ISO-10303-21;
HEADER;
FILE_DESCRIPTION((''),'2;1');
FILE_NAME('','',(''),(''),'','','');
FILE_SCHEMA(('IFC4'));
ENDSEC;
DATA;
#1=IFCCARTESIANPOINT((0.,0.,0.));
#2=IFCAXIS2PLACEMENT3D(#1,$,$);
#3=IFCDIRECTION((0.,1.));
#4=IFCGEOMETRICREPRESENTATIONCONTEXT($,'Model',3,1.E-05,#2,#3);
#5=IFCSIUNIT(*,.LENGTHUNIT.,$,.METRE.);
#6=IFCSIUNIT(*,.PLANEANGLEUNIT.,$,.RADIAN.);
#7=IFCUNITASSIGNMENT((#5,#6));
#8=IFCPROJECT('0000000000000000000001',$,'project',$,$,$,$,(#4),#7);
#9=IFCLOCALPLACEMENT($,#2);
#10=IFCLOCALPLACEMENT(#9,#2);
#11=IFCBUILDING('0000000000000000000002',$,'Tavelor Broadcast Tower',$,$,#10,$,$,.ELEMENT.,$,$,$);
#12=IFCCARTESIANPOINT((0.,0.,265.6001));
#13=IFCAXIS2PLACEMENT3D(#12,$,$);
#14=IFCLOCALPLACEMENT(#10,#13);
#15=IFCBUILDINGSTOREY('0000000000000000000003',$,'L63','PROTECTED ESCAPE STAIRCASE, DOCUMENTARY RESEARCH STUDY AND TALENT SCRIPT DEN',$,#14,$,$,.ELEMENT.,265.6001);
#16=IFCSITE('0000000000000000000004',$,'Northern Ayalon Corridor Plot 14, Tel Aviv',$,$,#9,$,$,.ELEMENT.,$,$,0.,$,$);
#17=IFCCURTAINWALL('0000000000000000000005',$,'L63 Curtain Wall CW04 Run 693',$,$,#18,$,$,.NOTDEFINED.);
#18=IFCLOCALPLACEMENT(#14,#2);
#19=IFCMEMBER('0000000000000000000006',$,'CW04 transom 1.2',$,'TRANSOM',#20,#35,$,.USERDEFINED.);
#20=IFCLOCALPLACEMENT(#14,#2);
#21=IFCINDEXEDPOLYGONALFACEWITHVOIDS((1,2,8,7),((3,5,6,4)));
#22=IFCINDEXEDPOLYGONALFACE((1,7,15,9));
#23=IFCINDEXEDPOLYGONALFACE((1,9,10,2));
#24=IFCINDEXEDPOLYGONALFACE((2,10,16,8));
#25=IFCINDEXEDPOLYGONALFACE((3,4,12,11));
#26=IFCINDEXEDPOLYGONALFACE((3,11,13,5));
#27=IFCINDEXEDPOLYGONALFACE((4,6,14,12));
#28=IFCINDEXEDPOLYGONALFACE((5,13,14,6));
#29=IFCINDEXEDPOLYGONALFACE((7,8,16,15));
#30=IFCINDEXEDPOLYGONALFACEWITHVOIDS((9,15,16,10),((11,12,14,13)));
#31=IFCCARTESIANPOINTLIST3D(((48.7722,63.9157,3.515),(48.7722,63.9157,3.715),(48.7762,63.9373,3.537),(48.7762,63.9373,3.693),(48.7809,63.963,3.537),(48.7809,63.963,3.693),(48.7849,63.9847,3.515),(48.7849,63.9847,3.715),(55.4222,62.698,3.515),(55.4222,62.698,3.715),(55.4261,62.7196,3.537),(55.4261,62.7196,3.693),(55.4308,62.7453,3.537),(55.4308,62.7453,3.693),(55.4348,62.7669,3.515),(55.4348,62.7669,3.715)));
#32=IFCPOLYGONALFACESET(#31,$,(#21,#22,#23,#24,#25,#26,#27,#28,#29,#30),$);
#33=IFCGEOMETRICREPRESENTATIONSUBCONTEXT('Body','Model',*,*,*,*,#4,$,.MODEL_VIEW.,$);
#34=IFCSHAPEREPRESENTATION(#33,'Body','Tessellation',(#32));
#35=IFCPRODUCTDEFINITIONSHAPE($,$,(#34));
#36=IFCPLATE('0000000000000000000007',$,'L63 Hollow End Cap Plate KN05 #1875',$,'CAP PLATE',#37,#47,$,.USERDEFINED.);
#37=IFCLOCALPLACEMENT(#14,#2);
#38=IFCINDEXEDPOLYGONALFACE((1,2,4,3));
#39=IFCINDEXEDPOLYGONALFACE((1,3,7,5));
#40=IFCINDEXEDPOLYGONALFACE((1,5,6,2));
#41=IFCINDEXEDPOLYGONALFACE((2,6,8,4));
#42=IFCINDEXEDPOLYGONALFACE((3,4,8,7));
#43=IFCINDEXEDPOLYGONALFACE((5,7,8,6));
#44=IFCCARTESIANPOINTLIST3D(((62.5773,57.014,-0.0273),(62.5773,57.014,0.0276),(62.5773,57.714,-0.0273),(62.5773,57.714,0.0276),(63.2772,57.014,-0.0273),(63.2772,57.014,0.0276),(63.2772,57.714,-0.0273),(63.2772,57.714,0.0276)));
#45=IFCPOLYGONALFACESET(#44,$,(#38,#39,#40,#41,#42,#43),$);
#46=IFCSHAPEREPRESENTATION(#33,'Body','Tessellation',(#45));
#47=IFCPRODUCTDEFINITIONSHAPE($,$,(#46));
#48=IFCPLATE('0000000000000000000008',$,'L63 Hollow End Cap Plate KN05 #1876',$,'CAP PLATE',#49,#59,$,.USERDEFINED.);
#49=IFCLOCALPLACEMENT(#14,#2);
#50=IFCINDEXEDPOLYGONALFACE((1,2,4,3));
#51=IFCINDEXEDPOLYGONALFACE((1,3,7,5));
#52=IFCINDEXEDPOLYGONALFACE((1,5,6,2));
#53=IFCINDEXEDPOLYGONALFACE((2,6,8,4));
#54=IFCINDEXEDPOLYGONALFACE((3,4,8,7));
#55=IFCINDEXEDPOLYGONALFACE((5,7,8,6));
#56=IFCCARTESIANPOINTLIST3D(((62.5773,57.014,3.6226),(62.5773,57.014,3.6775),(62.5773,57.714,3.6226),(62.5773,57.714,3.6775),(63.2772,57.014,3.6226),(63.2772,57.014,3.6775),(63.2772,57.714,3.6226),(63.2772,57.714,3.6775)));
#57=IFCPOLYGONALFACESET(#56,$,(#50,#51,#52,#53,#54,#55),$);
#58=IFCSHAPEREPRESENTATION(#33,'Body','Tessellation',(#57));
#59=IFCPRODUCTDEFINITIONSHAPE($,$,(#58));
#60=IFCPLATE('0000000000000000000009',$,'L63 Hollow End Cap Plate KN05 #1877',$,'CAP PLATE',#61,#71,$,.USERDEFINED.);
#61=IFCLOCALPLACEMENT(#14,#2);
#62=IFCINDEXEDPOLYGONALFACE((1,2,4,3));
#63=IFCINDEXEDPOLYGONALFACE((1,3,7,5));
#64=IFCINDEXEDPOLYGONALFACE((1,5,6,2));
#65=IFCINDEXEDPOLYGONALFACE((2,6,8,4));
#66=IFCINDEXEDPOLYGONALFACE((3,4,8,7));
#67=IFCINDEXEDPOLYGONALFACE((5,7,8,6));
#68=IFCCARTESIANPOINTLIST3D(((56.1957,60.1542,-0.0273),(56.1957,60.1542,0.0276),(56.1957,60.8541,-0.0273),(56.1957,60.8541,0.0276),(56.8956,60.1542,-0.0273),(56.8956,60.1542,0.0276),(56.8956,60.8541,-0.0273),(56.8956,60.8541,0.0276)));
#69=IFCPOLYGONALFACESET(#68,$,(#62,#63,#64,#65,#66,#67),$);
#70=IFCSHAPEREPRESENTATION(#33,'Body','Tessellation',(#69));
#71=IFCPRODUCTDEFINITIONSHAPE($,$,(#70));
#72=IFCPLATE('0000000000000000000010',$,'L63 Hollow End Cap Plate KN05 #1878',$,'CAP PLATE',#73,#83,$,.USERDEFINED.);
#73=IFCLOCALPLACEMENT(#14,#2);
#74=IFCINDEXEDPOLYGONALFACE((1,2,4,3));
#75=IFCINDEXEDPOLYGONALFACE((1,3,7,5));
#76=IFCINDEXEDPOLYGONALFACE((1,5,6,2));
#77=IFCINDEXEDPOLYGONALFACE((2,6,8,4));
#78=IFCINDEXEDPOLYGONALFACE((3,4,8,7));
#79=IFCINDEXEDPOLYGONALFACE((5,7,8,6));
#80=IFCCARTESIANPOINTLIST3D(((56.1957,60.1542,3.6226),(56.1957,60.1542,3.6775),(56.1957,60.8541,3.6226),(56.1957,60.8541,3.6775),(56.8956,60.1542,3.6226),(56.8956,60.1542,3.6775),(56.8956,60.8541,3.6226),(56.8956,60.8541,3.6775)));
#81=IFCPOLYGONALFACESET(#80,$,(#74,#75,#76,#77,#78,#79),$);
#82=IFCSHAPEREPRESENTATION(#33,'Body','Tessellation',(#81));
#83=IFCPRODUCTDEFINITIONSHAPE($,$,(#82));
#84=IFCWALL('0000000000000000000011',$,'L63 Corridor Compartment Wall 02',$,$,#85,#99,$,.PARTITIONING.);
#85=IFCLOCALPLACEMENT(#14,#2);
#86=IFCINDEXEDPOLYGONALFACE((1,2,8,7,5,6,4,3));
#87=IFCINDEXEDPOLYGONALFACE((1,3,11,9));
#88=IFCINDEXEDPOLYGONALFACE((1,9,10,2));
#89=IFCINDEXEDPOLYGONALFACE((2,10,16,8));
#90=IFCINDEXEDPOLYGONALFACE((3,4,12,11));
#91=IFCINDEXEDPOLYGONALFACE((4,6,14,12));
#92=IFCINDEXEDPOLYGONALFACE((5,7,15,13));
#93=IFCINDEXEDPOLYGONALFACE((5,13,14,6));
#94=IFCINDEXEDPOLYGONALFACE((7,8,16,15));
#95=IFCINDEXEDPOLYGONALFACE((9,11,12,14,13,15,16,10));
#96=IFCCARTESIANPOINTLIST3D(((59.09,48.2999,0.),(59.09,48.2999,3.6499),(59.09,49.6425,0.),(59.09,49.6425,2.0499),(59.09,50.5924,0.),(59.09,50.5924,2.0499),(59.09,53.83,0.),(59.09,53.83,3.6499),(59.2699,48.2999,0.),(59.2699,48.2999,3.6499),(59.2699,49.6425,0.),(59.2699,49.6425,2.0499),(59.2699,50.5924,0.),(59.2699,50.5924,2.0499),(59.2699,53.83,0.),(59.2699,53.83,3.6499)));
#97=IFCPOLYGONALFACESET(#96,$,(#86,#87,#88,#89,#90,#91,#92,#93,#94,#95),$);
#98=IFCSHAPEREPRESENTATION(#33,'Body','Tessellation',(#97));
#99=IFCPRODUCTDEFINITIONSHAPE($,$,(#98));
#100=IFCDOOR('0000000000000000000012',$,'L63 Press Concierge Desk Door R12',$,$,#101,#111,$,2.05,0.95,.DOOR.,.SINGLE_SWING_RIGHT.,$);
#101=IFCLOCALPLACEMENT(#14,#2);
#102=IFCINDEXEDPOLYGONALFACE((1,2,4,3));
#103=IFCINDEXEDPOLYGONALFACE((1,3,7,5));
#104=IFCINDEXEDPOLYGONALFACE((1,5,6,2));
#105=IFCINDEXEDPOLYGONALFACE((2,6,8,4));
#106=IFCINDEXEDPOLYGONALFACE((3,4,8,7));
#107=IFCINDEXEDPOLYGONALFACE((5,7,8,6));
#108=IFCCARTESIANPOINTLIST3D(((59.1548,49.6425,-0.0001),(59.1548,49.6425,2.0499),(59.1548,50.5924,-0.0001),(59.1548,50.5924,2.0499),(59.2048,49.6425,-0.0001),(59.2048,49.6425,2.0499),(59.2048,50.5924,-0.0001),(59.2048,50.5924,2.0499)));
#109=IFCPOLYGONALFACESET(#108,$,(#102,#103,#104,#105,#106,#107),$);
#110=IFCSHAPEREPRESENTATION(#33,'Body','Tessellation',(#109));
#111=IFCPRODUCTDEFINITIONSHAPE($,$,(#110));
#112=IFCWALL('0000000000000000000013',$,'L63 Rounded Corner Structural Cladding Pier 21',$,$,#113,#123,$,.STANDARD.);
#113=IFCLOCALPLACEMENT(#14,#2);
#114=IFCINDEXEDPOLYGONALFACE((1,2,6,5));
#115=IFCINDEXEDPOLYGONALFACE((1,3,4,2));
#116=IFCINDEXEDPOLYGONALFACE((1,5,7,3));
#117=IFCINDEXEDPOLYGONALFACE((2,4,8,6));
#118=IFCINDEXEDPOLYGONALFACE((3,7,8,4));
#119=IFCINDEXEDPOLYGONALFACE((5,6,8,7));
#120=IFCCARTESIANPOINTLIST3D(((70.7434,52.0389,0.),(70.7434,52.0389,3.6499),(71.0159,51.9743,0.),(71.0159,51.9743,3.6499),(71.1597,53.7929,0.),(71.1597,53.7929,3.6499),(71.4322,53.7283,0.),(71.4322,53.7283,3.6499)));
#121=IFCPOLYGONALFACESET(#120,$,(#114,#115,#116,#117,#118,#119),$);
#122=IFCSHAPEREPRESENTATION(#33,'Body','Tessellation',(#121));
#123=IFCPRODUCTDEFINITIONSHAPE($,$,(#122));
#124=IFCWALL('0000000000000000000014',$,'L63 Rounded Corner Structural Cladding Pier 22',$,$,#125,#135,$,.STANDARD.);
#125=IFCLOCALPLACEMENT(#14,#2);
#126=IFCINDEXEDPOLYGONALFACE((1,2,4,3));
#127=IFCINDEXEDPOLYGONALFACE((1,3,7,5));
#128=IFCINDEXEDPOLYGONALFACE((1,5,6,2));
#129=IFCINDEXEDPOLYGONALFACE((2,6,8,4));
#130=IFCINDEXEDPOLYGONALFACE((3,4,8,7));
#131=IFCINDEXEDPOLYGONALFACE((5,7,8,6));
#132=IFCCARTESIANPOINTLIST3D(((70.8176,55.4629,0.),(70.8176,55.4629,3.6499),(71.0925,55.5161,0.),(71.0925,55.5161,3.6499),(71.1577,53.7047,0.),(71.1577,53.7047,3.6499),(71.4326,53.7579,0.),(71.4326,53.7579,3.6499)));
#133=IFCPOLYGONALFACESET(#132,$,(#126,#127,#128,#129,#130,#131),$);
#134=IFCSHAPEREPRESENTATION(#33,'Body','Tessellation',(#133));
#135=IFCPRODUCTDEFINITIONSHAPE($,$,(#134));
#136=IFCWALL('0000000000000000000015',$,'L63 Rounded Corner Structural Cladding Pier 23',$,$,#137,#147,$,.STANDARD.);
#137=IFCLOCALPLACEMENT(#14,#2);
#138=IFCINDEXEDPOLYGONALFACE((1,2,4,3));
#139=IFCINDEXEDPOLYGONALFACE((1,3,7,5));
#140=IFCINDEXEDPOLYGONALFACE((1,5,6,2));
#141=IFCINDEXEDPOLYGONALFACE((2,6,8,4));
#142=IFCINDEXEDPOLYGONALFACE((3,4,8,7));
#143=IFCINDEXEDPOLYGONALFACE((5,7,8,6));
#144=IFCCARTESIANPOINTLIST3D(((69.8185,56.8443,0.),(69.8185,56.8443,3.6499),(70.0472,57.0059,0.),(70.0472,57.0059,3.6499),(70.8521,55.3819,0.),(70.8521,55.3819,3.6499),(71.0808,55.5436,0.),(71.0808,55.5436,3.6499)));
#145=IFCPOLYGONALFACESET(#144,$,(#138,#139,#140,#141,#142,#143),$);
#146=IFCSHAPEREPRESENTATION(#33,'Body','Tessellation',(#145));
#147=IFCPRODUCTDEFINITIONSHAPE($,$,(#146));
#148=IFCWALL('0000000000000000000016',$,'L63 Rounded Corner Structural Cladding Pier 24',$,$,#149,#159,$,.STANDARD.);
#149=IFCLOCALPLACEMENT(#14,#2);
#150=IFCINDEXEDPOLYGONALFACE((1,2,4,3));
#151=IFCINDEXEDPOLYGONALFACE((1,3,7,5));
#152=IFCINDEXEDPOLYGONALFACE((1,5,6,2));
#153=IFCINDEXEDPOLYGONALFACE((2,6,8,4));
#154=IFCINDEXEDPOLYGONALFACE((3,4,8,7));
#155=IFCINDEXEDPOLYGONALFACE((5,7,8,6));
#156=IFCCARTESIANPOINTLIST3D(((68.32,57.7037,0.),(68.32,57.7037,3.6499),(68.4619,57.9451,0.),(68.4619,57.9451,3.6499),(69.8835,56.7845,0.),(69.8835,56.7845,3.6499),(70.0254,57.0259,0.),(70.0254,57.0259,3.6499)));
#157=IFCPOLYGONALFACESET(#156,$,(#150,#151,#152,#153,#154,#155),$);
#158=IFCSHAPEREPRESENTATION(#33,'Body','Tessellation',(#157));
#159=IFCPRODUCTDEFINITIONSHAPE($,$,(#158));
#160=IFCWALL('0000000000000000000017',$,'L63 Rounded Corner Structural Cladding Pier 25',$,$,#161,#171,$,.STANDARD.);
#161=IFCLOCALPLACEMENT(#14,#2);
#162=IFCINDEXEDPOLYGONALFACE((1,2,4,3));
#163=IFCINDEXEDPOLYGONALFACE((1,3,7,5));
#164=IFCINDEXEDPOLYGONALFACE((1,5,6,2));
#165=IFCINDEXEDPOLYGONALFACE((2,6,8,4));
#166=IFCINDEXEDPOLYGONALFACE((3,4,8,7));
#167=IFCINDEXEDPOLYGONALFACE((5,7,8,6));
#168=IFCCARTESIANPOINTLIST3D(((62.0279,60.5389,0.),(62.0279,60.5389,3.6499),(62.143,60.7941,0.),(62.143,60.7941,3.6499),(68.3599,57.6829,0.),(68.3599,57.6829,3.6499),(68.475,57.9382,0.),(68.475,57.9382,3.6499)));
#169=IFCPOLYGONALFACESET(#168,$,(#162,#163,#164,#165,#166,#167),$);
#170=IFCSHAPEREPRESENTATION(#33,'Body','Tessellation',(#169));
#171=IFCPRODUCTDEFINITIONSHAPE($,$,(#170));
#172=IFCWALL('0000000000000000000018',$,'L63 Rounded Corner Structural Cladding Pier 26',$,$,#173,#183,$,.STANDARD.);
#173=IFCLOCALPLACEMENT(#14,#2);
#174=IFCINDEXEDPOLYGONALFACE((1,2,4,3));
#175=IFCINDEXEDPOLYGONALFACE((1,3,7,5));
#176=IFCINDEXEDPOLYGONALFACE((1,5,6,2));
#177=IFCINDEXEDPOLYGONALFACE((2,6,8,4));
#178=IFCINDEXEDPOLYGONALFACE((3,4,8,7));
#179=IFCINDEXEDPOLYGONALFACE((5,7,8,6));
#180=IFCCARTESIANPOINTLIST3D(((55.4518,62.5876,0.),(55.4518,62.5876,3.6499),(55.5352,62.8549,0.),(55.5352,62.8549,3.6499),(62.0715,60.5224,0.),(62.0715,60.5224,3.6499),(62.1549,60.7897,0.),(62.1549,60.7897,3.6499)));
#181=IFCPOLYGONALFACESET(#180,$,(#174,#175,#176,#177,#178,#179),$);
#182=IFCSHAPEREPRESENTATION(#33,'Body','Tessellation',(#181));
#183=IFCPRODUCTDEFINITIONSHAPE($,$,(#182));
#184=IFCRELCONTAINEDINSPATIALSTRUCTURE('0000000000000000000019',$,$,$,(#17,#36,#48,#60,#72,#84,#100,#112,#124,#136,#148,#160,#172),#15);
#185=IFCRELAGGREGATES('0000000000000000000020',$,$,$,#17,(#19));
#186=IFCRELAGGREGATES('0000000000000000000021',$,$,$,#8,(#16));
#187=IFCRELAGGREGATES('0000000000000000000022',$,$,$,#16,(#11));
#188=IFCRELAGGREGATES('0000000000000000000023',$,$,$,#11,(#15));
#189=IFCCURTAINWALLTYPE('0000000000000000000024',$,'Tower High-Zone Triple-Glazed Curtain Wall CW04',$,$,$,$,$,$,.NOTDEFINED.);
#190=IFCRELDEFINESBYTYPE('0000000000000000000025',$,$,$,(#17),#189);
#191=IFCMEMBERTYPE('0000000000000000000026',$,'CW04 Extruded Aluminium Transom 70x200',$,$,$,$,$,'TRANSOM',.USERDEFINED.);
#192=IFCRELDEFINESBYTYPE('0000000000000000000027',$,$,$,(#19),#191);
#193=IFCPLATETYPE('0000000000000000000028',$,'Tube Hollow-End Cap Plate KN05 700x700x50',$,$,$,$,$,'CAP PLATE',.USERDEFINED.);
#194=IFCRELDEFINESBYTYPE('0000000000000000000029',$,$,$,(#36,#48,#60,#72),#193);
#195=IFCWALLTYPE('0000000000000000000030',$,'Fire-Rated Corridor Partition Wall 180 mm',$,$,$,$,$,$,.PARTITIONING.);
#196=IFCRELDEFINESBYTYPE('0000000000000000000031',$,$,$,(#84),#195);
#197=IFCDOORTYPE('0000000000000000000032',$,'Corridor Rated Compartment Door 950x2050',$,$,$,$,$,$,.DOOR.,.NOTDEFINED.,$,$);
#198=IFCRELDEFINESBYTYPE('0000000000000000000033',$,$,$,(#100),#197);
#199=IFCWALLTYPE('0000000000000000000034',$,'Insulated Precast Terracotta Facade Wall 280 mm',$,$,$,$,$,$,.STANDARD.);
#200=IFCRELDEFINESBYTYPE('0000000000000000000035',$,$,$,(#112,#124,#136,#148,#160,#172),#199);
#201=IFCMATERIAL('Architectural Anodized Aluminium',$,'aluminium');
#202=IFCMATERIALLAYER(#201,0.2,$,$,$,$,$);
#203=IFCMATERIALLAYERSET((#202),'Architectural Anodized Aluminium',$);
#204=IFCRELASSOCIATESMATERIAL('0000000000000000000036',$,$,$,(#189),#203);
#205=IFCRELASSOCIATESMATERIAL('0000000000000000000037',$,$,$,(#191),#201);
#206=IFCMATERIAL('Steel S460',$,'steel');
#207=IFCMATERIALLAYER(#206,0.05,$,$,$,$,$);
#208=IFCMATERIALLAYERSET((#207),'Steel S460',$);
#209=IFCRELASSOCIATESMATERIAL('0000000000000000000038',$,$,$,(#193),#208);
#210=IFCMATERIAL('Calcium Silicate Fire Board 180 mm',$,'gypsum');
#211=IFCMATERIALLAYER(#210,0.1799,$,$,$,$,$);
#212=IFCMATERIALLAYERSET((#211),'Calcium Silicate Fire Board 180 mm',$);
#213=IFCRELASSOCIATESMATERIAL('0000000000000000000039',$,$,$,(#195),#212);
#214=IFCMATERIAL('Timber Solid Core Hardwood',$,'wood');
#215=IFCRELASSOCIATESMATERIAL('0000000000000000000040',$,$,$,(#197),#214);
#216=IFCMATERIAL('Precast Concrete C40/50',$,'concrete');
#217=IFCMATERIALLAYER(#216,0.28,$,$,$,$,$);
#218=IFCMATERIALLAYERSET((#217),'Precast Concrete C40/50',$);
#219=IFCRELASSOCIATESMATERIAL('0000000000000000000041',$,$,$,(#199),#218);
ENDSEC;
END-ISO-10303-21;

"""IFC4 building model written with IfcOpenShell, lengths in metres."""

from ifc_helpers import new_model, si_unit, direction, frame, frame_2d, origin, origin_2d, place, context, subcontext, project, spatial, rectangle, hollow_rectangle, extrude, source, transform, mapped, material, layer, layer_set, material_profile, profile_set, type_object, type_shapes, element, fill, aggregate, save


model = new_model("IFC4")

# Units and contexts
model_context = context("Model", 3, precision=1e-05, world=origin(), true_north=direction((0.0, 1.0)))
body_context = subcontext(model_context, "Body", "Model", "MODEL_VIEW")
ifc_project = project(units=[si_unit("LENGTHUNIT", "METRE"), si_unit("PLANEANGLEUNIT", "RADIAN")], contexts=[model_context])

# Site, building, storey
site_placement = place(None, origin())
site = spatial("IfcSite", under=ifc_project, at=site_placement, Name="Northern Ayalon Corridor Plot 14, Tel Aviv", CompositionType="ELEMENT", RefElevation=0.0)
building_placement = place(site_placement, origin())
building = spatial("IfcBuilding", under=site, at=building_placement, Name="Tavelor Broadcast Tower", CompositionType="ELEMENT")
storey_placement = place(building_placement, frame((0.0, 0.0, 265.6001)))
storey = spatial("IfcBuildingStorey", under=building, at=storey_placement, Name="L63", Description="PROTECTED ESCAPE STAIRCASE, DOCUMENTARY RESEARCH STUDY AND TALENT SCRIPT DEN", CompositionType="ELEMENT", Elevation=265.6001)

# Shared definitions
ifc_material_1 = material(Name="Steel S460", Category="steel")

# Curtain wall, member
ifc_material_2 = material(Name="Architectural Anodized Aluminium", Category="aluminium")
ifc_layer_1 = layer(ifc_material_2, 0.2)
ifc_layer_set_1 = layer_set([ifc_layer_1], Name="Architectural Anodized Aluminium")
curtain_wall_type = type_object("IfcCurtainWallType", Name="Tower High-Zone Triple-Glazed Curtain Wall CW04", PredefinedType="NOTDEFINED", material=ifc_layer_set_1)
curtain_wall_placement = place(storey_placement, origin())
curtain_wall = element("IfcCurtainWall", 1, at=curtain_wall_placement, inside=storey, type_object=curtain_wall_type, Name="L63 Curtain Wall CW04 Run 693", PredefinedType="NOTDEFINED")
ifc_material_profile_1 = material_profile(ifc_material_2, hollow_rectangle(XDim=0.0701, YDim=0.2, WallThickness=0.022, at=origin_2d()), Name="RHS 70x200x22")
ifc_profile_set_1 = profile_set([ifc_material_profile_1], Name="Architectural Anodized Aluminium")
member_type_1 = type_object("IfcMemberType", Name="CW04 Extruded Aluminium Transom 70x200", ElementType="TRANSOM", PredefinedType="USERDEFINED", material=ifc_profile_set_1)
shared_shape_1 = source(origin(), body_context, "Body", "SweptSolid", [
    extrude(hollow_rectangle(XDim=0.0701, YDim=0.2, WallThickness=0.022, at=origin_2d()), origin(), (0.0, 0.0, 1.0), 6.7605),
])
type_shapes(member_type_1, [shared_shape_1])
member_1_placement = place(storey_placement, frame((55.4285, 62.7324, 3.615), z_axis=(-0.983643, 0.180131, 0.0), x_axis=(-0.180131, -0.983643, 0.0)))
member_1 = element("IfcMember", 2, at=member_1_placement, type_object=member_type_1, Name="CW04 transom 1.2", ObjectType="TRANSOM", PredefinedType="USERDEFINED", context=body_context, shape_type="MappedRepresentation", body=[
    mapped(shared_shape_1, transform((0.0, 0.0, 0.0), scale=1.0)),
])
aggregate(curtain_wall, [member_1])

# Plates
ifc_layer_2 = layer(ifc_material_1, 0.05)
ifc_layer_set_2 = layer_set([ifc_layer_2], Name="Steel S460")
plate_type = type_object("IfcPlateType", Name="Tube Hollow-End Cap Plate KN05 700x700x50", ElementType="CAP PLATE", PredefinedType="USERDEFINED", material=ifc_layer_set_2)
shared_shape_2 = source(origin(), body_context, "Body", "SweptSolid", [
    extrude(rectangle(XDim=0.7, YDim=0.7, at=origin_2d()), origin(), (0.0, 0.0, 1.0), 0.0549),
])
type_shapes(plate_type, [shared_shape_2])
for number, where, z_axis, x_axis, name in (
    (3, (62.9272, 57.364, -0.0273), (0.0, 0.0, 1.0), (1.0, 0.0, 0.0), "L63 Hollow End Cap Plate KN05 #1875"),
    (4, (62.9272, 57.364, 3.6226), (0.0, 0.0, 1.0), (1.0, 0.0, 0.0), "L63 Hollow End Cap Plate KN05 #1876"),
    (5, (56.5457, 60.5042, -0.0273), (0.0, 0.0, 1.0), (1.0, 0.0, 0.0), "L63 Hollow End Cap Plate KN05 #1877"),
    (6, (56.5457, 60.5042, 3.6226), (0.0, 0.0, 1.0), (1.0, 0.0, 0.0), "L63 Hollow End Cap Plate KN05 #1878"),
):
    element("IfcPlate", number, at=place(storey_placement, frame(where, z_axis=z_axis, x_axis=x_axis)), inside=storey, type_object=plate_type, Name=name, ObjectType="CAP PLATE", PredefinedType="USERDEFINED", context=body_context, shape_type="MappedRepresentation", body=[
        mapped(shared_shape_2, transform((0.0, 0.0, 0.0), scale=1.0)),
    ])

# Wall, opening, door
ifc_material_3 = material(Name="Calcium Silicate Fire Board 180 mm", Category="gypsum")
ifc_layer_3 = layer(ifc_material_3, 0.1799)
ifc_layer_set_3 = layer_set([ifc_layer_3], Name="Calcium Silicate Fire Board 180 mm")
wall_type_1 = type_object("IfcWallType", Name="Fire-Rated Corridor Partition Wall 180 mm", PredefinedType="PARTITIONING", material=ifc_layer_set_3)
wall_1_placement = place(storey_placement, frame((59.1799, 53.8301, 0.0), z_axis=(0.0, 0.0, 1.0), x_axis=(0.0, -1.0, 0.0)))
wall_1 = element("IfcWall", 7, at=wall_1_placement, inside=storey, type_object=wall_type_1, Name="L63 Corridor Compartment Wall 02", PredefinedType="PARTITIONING", context=body_context, shape_type="SweptSolid", body=[
    extrude(rectangle(XDim=5.53, YDim=0.1799, at=frame_2d((2.7651, 0.0))), origin(), (0.0, 0.0, 1.0), 3.6499),
])
opening_placement = place(wall_1_placement, frame((3.2375, 0.0, 0.0)))
opening = element("IfcOpeningElement", 8, at=opening_placement, cuts=wall_1, PredefinedType="OPENING", context=body_context, shape_type="SweptSolid", body=[
    extrude(rectangle(XDim=0.95, YDim=2.05, at=frame_2d((0.4751, 1.0249))), frame((0.0, 0.1001, 0.0), z_axis=(0.0, -1.0, 0.0), x_axis=(1.0, 0.0, 0.0)), (0.0, 0.0, 1.0), 0.2),
])
ifc_material_4 = material(Name="Timber Solid Core Hardwood", Category="wood")
door_type = type_object("IfcDoorType", Name="Corridor Rated Compartment Door 950x2050", OperationType="NOTDEFINED", PredefinedType="DOOR", material=ifc_material_4)
door_placement = place(opening_placement, origin())
door = element("IfcDoor", 9, at=door_placement, inside=storey, type_object=door_type, Name="L63 Press Concierge Desk Door R12", OperationType="SINGLE_SWING_RIGHT", OverallHeight=2.05, OverallWidth=0.95, PredefinedType="DOOR", context=body_context, shape_type="SweptSolid", body=[
    extrude(rectangle(XDim=0.95, YDim=2.05, at=frame_2d((0.4751, 1.0249))), frame((0.0, 0.0249, 0.0), z_axis=(0.0, -1.0, 0.0), x_axis=(1.0, 0.0, 0.0)), (0.0, 0.0, 1.0), 0.05),
])
fill(opening, door)

# Walls
ifc_material_5 = material(Name="Precast Concrete C40/50", Category="concrete")
ifc_layer_4 = layer(ifc_material_5, 0.28)
ifc_layer_set_4 = layer_set([ifc_layer_4], Name="Precast Concrete C40/50")
wall_type_2 = type_object("IfcWallType", Name="Insulated Precast Terracotta Facade Wall 280 mm", PredefinedType="STANDARD", material=ifc_layer_set_4)
wall_2_placement = place(storey_placement, frame((70.8796, 52.0066, 0.0), z_axis=(0.0, 0.0, 1.0), x_axis=(0.230919, 0.972973, 0.0)))
element("IfcWall", 10, at=wall_2_placement, inside=storey, type_object=wall_type_2, Name="L63 Rounded Corner Structural Cladding Pier 21", PredefinedType="STANDARD", context=body_context, shape_type="SweptSolid", body=[
    extrude(rectangle(XDim=1.8027, YDim=0.28, at=frame_2d((0.9014, 0.0))), origin(), (0.0, 0.0, 1.0), 3.6499),
])
for number, where, z_axis, x_axis, name in (
    (11, (71.2952, 53.7312, 0.0), (0.0, 0.0, 1.0), (-0.189899, 0.981804, 0.0), "L63 Rounded Corner Structural Cladding Pier 22"),
    (12, (70.9666, 55.4626, 0.0), (0.0, 0.0, 1.0), (-0.577208, 0.816597, 0.0), "L63 Rounded Corner Structural Cladding Pier 23"),
):
    element("IfcWall", number, at=place(storey_placement, frame(where, z_axis=z_axis, x_axis=x_axis)), inside=storey, type_object=wall_type_2, Name=name, PredefinedType="STANDARD", context=body_context, shape_type="SweptSolid", body=[
        extrude(rectangle(XDim=1.7908, YDim=0.28, at=frame_2d((0.8955, 0.0))), origin(), (0.0, 0.0, 1.0), 3.6499),
    ])
wall_3_placement = place(storey_placement, frame((69.9543, 56.9053, 0.0), z_axis=(0.0, 0.0, 1.0), x_axis=(-0.862055, 0.506814, 0.0)))
element("IfcWall", 13, at=wall_3_placement, inside=storey, type_object=wall_type_2, Name="L63 Rounded Corner Structural Cladding Pier 24", PredefinedType="STANDARD", context=body_context, shape_type="SweptSolid", body=[
    extrude(rectangle(XDim=1.8137, YDim=0.28, at=frame_2d((0.9067, 0.0))), origin(), (0.0, 0.0, 1.0), 3.6499),
])
wall_4_placement = place(storey_placement, frame((68.4175, 57.8105, 0.0), z_axis=(0.0, 0.0, 1.0), x_axis=(-0.911569, 0.411148, 0.0)))
element("IfcWall", 14, at=wall_4_placement, inside=storey, type_object=wall_type_2, Name="L63 Rounded Corner Structural Cladding Pier 25", PredefinedType="STANDARD", context=body_context, shape_type="SweptSolid", body=[
    extrude(rectangle(XDim=6.9463, YDim=0.28, at=frame_2d((3.4731, 0.0))), origin(), (0.0, 0.0, 1.0), 3.6499),
])
wall_5_placement = place(storey_placement, frame((62.1133, 60.656, 0.0), z_axis=(0.0, 0.0, 1.0), x_axis=(-0.954621, 0.297822, 0.0)))
element("IfcWall", 15, at=wall_5_placement, inside=storey, type_object=wall_type_2, Name="L63 Rounded Corner Structural Cladding Pier 26", PredefinedType="STANDARD", context=body_context, shape_type="SweptSolid", body=[
    extrude(rectangle(XDim=6.9343, YDim=0.28, at=frame_2d((3.4673, 0.0))), origin(), (0.0, 0.0, 1.0), 3.6499),
])

save(model, "model.ifc")
